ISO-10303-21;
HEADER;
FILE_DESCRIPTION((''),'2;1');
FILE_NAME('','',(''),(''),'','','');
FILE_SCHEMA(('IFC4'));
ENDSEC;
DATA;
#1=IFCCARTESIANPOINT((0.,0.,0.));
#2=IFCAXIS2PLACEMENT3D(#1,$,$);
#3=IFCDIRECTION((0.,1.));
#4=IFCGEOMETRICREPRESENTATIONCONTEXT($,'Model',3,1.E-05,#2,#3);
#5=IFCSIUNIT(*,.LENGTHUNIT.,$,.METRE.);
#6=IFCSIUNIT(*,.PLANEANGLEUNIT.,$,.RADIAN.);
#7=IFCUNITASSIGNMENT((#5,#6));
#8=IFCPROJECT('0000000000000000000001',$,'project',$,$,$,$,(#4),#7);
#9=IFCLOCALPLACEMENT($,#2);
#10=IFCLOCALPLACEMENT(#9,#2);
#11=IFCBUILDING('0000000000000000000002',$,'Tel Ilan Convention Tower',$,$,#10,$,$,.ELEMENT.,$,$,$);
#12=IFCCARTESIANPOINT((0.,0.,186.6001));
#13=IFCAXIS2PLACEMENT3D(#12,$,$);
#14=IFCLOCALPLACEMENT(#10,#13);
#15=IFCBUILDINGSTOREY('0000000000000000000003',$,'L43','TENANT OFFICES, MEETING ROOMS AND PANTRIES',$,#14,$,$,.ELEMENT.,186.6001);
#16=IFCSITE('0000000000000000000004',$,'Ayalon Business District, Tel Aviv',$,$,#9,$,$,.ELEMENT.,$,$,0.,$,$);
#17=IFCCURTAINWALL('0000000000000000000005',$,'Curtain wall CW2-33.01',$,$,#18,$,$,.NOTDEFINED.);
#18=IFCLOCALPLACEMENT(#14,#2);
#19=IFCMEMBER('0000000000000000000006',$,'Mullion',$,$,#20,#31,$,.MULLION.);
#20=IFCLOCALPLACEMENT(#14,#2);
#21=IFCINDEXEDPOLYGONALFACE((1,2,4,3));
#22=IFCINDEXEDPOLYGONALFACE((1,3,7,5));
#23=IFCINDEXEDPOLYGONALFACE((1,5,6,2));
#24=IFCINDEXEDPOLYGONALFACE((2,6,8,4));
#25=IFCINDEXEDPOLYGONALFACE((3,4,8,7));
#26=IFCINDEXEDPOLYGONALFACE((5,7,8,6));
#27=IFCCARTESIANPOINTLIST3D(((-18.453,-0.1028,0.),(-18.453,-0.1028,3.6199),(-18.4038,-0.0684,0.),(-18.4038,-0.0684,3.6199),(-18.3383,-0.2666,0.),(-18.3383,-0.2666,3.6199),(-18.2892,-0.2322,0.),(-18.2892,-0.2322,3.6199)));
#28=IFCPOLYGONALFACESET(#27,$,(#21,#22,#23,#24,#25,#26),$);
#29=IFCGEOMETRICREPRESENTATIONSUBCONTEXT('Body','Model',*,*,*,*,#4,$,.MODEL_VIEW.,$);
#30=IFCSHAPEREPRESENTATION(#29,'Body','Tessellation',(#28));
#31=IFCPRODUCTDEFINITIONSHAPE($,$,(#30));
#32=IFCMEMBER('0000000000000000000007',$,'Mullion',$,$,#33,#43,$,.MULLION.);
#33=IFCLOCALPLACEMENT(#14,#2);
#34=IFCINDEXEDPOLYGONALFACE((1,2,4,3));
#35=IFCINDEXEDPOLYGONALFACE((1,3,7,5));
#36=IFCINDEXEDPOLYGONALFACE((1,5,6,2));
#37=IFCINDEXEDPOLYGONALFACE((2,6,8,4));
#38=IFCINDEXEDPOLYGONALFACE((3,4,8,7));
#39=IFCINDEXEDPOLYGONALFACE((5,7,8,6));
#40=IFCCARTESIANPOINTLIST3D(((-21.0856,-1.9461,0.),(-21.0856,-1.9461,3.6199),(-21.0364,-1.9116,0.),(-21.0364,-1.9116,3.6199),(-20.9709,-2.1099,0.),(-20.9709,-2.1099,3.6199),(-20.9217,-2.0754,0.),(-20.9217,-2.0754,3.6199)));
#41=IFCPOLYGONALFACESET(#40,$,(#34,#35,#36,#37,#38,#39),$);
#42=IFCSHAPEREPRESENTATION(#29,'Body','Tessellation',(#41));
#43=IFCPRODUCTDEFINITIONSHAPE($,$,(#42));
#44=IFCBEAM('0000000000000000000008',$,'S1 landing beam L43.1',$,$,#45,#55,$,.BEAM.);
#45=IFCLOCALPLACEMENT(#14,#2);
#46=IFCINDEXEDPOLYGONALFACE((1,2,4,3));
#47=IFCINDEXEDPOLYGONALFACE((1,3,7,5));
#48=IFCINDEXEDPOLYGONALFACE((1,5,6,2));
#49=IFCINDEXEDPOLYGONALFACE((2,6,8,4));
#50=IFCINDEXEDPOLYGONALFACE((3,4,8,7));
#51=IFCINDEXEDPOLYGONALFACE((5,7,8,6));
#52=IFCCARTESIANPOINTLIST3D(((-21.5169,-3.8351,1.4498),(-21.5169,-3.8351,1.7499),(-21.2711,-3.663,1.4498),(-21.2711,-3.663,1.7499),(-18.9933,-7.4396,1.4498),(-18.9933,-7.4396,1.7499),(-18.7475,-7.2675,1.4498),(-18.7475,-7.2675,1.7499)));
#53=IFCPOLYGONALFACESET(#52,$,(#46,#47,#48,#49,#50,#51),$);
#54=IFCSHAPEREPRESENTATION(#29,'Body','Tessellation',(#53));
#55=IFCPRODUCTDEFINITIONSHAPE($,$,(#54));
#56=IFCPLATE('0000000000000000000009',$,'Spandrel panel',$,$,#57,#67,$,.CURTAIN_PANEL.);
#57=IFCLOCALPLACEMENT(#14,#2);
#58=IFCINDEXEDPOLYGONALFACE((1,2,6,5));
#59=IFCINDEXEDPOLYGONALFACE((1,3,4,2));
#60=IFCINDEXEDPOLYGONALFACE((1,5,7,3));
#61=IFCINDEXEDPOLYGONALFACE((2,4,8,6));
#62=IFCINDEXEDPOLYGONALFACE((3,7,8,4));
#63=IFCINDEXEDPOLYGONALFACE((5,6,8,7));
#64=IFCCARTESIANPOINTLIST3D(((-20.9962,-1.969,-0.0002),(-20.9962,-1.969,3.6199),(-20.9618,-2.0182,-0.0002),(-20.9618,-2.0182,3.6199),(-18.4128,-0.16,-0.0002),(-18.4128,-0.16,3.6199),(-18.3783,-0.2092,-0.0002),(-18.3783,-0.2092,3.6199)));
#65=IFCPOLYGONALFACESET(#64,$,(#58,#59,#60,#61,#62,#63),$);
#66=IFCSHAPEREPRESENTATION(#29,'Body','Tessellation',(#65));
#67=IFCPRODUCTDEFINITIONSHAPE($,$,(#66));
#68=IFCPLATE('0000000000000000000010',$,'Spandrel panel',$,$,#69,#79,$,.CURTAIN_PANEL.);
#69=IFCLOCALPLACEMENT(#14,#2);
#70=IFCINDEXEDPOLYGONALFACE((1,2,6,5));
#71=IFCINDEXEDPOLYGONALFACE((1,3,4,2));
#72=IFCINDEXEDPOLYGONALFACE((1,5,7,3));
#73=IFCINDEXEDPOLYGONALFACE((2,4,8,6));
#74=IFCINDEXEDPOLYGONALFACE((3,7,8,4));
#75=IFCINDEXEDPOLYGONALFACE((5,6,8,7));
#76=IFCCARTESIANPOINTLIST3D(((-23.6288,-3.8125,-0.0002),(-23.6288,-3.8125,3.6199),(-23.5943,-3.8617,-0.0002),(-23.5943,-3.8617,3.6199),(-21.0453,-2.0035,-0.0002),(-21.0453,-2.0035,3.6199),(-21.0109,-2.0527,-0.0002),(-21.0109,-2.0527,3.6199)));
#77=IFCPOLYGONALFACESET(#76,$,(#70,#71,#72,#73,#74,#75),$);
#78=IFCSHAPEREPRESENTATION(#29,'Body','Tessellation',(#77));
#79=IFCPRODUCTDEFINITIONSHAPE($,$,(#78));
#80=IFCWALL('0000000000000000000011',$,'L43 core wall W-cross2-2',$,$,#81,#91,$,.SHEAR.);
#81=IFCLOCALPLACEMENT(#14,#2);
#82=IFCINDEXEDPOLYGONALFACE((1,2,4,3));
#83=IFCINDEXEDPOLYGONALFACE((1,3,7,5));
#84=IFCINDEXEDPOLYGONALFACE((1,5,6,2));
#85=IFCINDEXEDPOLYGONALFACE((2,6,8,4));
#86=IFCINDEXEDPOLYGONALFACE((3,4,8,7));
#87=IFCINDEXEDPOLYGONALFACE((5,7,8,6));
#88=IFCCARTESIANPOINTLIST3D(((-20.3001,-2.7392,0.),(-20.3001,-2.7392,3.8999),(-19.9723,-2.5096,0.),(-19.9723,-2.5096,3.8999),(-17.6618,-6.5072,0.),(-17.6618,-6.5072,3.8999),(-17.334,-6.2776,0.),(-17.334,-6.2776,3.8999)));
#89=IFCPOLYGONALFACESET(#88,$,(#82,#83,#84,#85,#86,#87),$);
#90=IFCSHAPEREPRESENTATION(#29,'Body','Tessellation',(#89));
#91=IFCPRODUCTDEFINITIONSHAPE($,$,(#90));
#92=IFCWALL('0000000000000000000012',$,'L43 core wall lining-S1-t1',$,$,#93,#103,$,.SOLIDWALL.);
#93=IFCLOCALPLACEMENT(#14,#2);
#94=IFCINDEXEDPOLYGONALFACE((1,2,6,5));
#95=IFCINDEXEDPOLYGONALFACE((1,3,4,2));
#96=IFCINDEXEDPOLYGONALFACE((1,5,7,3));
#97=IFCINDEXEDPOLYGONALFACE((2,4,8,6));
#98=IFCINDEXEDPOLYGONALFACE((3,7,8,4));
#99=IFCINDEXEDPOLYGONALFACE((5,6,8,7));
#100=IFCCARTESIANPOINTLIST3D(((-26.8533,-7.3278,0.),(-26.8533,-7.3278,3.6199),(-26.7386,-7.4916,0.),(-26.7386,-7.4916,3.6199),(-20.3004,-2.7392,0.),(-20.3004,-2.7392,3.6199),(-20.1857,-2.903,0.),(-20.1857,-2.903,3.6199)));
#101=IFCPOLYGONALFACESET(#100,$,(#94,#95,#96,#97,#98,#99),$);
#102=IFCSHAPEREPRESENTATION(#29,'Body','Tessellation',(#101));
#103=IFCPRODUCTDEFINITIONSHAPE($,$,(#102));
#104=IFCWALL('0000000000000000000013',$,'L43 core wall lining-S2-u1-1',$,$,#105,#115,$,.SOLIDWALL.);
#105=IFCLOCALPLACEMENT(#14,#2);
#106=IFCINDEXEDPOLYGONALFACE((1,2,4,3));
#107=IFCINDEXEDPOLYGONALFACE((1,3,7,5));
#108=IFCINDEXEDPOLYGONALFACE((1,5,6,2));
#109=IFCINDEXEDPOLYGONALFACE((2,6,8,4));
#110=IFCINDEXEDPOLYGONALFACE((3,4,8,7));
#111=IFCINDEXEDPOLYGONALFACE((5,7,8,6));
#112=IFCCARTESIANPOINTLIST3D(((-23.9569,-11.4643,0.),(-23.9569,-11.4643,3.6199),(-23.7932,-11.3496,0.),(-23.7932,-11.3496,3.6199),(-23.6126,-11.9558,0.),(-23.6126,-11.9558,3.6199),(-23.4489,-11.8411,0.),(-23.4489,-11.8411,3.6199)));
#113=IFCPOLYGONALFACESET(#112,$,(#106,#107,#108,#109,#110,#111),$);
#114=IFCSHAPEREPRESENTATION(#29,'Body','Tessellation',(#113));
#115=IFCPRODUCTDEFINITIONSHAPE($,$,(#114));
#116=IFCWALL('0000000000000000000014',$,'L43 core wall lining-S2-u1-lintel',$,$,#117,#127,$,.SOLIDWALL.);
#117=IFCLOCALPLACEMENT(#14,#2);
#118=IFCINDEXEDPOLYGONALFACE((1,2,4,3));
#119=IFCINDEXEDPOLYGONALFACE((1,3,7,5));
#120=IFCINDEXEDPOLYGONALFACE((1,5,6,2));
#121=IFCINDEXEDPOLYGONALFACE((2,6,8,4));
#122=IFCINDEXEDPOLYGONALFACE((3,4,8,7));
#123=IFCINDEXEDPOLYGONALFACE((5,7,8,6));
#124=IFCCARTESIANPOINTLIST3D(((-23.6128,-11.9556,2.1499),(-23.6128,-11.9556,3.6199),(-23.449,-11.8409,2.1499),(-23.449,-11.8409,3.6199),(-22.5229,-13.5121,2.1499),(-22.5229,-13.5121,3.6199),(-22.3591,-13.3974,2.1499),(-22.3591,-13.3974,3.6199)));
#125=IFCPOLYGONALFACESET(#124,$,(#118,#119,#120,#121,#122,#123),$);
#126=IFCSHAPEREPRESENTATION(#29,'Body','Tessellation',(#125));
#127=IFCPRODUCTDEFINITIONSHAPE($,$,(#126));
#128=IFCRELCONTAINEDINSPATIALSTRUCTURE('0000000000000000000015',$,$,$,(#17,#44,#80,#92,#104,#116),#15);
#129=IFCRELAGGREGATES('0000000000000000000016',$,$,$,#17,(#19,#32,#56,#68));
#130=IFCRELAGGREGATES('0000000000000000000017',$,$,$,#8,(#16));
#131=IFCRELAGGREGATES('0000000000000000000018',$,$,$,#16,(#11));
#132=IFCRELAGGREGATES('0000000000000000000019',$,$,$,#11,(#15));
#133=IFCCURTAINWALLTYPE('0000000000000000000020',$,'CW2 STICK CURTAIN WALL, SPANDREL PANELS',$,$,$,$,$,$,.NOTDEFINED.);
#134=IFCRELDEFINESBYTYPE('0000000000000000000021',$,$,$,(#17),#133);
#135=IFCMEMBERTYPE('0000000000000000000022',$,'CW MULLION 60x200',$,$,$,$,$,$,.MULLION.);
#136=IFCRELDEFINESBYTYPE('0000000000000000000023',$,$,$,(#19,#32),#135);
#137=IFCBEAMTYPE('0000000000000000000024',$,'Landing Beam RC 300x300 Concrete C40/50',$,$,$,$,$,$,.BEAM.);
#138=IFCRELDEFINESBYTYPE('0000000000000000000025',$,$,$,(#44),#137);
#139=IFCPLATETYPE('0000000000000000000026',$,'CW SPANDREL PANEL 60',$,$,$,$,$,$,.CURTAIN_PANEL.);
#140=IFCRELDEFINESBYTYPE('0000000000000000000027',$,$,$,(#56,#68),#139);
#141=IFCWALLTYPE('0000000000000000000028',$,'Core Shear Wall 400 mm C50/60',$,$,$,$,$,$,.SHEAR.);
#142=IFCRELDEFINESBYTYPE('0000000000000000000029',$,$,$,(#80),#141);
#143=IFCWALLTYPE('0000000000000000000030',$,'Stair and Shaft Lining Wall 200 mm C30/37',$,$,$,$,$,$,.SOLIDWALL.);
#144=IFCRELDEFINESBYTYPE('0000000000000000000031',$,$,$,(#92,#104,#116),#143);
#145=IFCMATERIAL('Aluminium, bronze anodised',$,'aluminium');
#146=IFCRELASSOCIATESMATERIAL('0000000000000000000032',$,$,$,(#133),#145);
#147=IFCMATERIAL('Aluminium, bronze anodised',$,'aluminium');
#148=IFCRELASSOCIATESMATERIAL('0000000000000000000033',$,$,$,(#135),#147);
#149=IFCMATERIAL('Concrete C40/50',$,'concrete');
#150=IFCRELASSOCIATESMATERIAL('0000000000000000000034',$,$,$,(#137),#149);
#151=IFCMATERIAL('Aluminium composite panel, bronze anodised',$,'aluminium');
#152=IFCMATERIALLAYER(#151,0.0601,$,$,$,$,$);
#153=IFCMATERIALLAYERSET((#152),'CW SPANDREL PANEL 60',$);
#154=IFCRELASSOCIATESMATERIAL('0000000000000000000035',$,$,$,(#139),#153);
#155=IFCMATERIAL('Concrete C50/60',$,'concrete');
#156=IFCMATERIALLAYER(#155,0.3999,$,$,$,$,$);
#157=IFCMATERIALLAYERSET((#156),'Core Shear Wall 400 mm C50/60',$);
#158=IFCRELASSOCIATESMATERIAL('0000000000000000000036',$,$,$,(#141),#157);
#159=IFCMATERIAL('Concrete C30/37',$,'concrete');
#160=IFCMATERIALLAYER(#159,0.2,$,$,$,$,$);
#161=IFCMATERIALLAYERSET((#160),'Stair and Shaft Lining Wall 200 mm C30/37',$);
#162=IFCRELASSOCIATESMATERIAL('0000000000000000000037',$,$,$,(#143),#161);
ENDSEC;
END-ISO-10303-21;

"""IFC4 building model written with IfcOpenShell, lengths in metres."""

from ifc_helpers import new_model, si_unit, direction, frame, frame_2d, origin, origin_2d, place, context, subcontext, project, spatial, polyline, rectangle, outline, extrude, material, layer, layer_set, material_profile, profile_set, type_object, element, aggregate, save


model = new_model("IFC4")

# Units and contexts
model_context = context("Model", 3, precision=1e-05, world=origin(), true_north=direction((0.0, 1.0)))
body_context = subcontext(model_context, "Body", "Model", "MODEL_VIEW")
ifc_project = project(units=[si_unit("LENGTHUNIT", "METRE"), si_unit("PLANEANGLEUNIT", "RADIAN")], contexts=[model_context])

# Site, building, storey
site_placement = place(None, origin())
site = spatial("IfcSite", under=ifc_project, at=site_placement, Name="Ayalon Business District, Tel Aviv", CompositionType="ELEMENT", RefElevation=0.0)
building_placement = place(site_placement, origin())
building = spatial("IfcBuilding", under=site, at=building_placement, Name="Tel Ilan Convention Tower", CompositionType="ELEMENT")
storey_placement = place(building_placement, frame((0.0, 0.0, 186.6001)))
storey = spatial("IfcBuildingStorey", under=building, at=storey_placement, Name="L43", Description="TENANT OFFICES, MEETING ROOMS AND PANTRIES", CompositionType="ELEMENT", Elevation=186.6001)

# Curtain wall, members
ifc_material_1 = material(Name="Aluminium, bronze anodised", Category="aluminium")
curtain_wall_type = type_object("IfcCurtainWallType", Name="CW2 STICK CURTAIN WALL, SPANDREL PANELS", PredefinedType="NOTDEFINED", material=ifc_material_1)
curtain_wall_placement = place(storey_placement, origin())
curtain_wall = element("IfcCurtainWall", 1, at=curtain_wall_placement, inside=storey, type_object=curtain_wall_type, Name="Curtain wall CW2-33.01", PredefinedType="NOTDEFINED")
ifc_material_2 = material(Name="Aluminium, bronze anodised", Category="aluminium")
ifc_material_profile_1 = material_profile(ifc_material_2, rectangle(XDim=0.0601, YDim=0.2, at=origin_2d()), Name="CW MULLION 60x200")
ifc_profile_set_1 = profile_set([ifc_material_profile_1], Name="Aluminium, bronze anodised")
member_type = type_object("IfcMemberType", Name="CW MULLION 60x200", PredefinedType="MULLION", material=ifc_profile_set_1)
member_1_placement = place(storey_placement, frame((-18.3711, -0.1675, 0.0), z_axis=(0.0, 0.0, 1.0), x_axis=(-0.819152, -0.573576, 0.0)))
member_1 = element("IfcMember", 2, at=member_1_placement, type_object=member_type, Name="Mullion", PredefinedType="MULLION", context=body_context, shape_type="SweptSolid", body=[
    extrude(rectangle(XDim=0.0601, YDim=0.2, at=origin_2d()), origin(), (0.0, 0.0, 1.0), 3.6199),
])
member_2_placement = place(storey_placement, frame((-21.0037, -2.0107, 0.0), z_axis=(0.0, 0.0, 1.0), x_axis=(-0.819152, -0.573576, 0.0)))
member_2 = element("IfcMember", 3, at=member_2_placement, type_object=member_type, Name="Mullion", PredefinedType="MULLION", context=body_context, shape_type="SweptSolid", body=[
    extrude(rectangle(XDim=0.0601, YDim=0.2, at=origin_2d()), origin(), (0.0, 0.0, 1.0), 3.6199),
])

# Beam
ifc_material_3 = material(Name="Concrete C40/50", Category="concrete")
ifc_material_profile_2 = material_profile(ifc_material_3, rectangle(XDim=0.3, YDim=0.3, at=origin_2d()), Name="RC 300x300")
ifc_profile_set_2 = profile_set([ifc_material_profile_2], Name="Concrete C40/50")
beam_type = type_object("IfcBeamType", Name="Landing Beam RC 300x300 Concrete C40/50", PredefinedType="BEAM", material=ifc_profile_set_2)
beam_placement = place(storey_placement, frame((-18.8704, -7.3535, 1.5999), z_axis=(-0.573544, 0.819175, 0.0), x_axis=(-0.819175, -0.573544, 0.0)))
element("IfcBeam", 4, at=beam_placement, inside=storey, type_object=beam_type, Name="S1 landing beam L43.1", PredefinedType="BEAM", context=body_context, shape_type="SweptSolid", body=[
    extrude(rectangle(XDim=0.3, YDim=0.3, at=origin_2d()), origin(), (0.0, 0.0, 1.0), 4.4001),
])

# Plates
ifc_material_4 = material(Name="Aluminium composite panel, bronze anodised", Category="aluminium")
ifc_layer_1 = layer(ifc_material_4, 0.0601)
ifc_layer_set_1 = layer_set([ifc_layer_1], Name="CW SPANDREL PANEL 60")
plate_type = type_object("IfcPlateType", Name="CW SPANDREL PANEL 60", PredefinedType="CURTAIN_PANEL", material=ifc_layer_set_1)
plate_1_placement = place(storey_placement, frame((-19.6873, -1.0891, -0.0002), z_axis=(0.0, 0.0, 1.0), x_axis=(-0.819152, -0.573576, 0.0)))
plate_1 = element("IfcPlate", 5, at=plate_1_placement, type_object=plate_type, Name="Spandrel panel", PredefinedType="CURTAIN_PANEL", context=body_context, shape_type="SweptSolid", body=[
    extrude(rectangle(XDim=3.1538, YDim=0.0601, at=origin_2d()), origin(), (0.0, 0.0, 1.0), 3.6201),
])
plate_2_placement = place(storey_placement, frame((-22.3198, -2.9326, -0.0002), z_axis=(0.0, 0.0, 1.0), x_axis=(-0.819152, -0.573576, 0.0)))
plate_2 = element("IfcPlate", 6, at=plate_2_placement, type_object=plate_type, Name="Spandrel panel", PredefinedType="CURTAIN_PANEL", context=body_context, shape_type="SweptSolid", body=[
    extrude(rectangle(XDim=3.1538, YDim=0.0601, at=origin_2d()), origin(), (0.0, 0.0, 1.0), 3.6201),
])
aggregate(curtain_wall, [member_1, member_2, plate_1, plate_2])

# Walls
ifc_material_5 = material(Name="Concrete C50/60", Category="concrete")
ifc_layer_2 = layer(ifc_material_5, 0.3999)
ifc_layer_set_2 = layer_set([ifc_layer_2], Name="Core Shear Wall 400 mm C50/60")
wall_type_1 = type_object("IfcWallType", Name="Core Shear Wall 400 mm C50/60", PredefinedType="SHEAR", material=ifc_layer_set_2)
wall_1_placement = place(storey_placement, frame((-17.4978, -6.3923, 0.0), z_axis=(0.0, 0.0, 1.0), x_axis=(-0.573612, 0.819127, 0.0)))
element("IfcWall", 7, at=wall_1_placement, inside=storey, type_object=wall_type_1, Name="L43 core wall W-cross2-2", PredefinedType="SHEAR", context=body_context, shape_type="SweptSolid", body=[
    extrude(outline(polyline([(4.5999, -0.2002), (4.5999, 0.2), (0.0, 0.2002), (0.0, -0.2), (4.5999, -0.2002)])), origin(), (0.0, 0.0, 1.0), 3.8999),
])
ifc_material_6 = material(Name="Concrete C30/37", Category="concrete")
ifc_layer_3 = layer(ifc_material_6, 0.2)
ifc_layer_set_3 = layer_set([ifc_layer_3], Name="Stair and Shaft Lining Wall 200 mm C30/37")
wall_type_2 = type_object("IfcWallType", Name="Stair and Shaft Lining Wall 200 mm C30/37", PredefinedType="SOLIDWALL", material=ifc_layer_set_3)
wall_2_placement = place(storey_placement, frame((-20.2429, -2.821, 0.0), z_axis=(0.0, 0.0, 1.0), x_axis=(-0.819142, -0.573591, 0.0)))
element("IfcWall", 8, at=wall_2_placement, inside=storey, type_object=wall_type_2, Name="L43 core wall lining-S1-t1", PredefinedType="SOLIDWALL", context=body_context, shape_type="SweptSolid", body=[
    extrude(rectangle(XDim=7.9998, YDim=0.2, at=frame_2d((4.0, 0.0))), origin(), (0.0, 0.0, 1.0), 3.6199),
])
wall_3_placement = place(storey_placement, frame((-23.5308, -11.8984, 0.0), z_axis=(0.0, 0.0, 1.0), x_axis=(-0.573708, 0.81906, 0.0)))
element("IfcWall", 9, at=wall_3_placement, inside=storey, type_object=wall_type_2, Name="L43 core wall lining-S2-u1-1", PredefinedType="SOLIDWALL", context=body_context, shape_type="SweptSolid", body=[
    extrude(rectangle(XDim=0.6001, YDim=0.2, at=frame_2d((0.3, 0.0))), origin(), (0.0, 0.0, 1.0), 3.6199),
])
wall_4_placement = place(storey_placement, frame((-22.4409, -13.4548, 2.1499), z_axis=(0.0, 0.0, 1.0), x_axis=(-0.573592, 0.819141, 0.0)))
element("IfcWall", 10, at=wall_4_placement, inside=storey, type_object=wall_type_2, Name="L43 core wall lining-S2-u1-lintel", PredefinedType="SOLIDWALL", context=body_context, shape_type="SweptSolid", body=[
    extrude(rectangle(XDim=1.9001, YDim=0.2, at=frame_2d((0.9502, 0.0))), origin(), (0.0, 0.0, 1.0), 1.47),
])

save(model, "model.ifc")
